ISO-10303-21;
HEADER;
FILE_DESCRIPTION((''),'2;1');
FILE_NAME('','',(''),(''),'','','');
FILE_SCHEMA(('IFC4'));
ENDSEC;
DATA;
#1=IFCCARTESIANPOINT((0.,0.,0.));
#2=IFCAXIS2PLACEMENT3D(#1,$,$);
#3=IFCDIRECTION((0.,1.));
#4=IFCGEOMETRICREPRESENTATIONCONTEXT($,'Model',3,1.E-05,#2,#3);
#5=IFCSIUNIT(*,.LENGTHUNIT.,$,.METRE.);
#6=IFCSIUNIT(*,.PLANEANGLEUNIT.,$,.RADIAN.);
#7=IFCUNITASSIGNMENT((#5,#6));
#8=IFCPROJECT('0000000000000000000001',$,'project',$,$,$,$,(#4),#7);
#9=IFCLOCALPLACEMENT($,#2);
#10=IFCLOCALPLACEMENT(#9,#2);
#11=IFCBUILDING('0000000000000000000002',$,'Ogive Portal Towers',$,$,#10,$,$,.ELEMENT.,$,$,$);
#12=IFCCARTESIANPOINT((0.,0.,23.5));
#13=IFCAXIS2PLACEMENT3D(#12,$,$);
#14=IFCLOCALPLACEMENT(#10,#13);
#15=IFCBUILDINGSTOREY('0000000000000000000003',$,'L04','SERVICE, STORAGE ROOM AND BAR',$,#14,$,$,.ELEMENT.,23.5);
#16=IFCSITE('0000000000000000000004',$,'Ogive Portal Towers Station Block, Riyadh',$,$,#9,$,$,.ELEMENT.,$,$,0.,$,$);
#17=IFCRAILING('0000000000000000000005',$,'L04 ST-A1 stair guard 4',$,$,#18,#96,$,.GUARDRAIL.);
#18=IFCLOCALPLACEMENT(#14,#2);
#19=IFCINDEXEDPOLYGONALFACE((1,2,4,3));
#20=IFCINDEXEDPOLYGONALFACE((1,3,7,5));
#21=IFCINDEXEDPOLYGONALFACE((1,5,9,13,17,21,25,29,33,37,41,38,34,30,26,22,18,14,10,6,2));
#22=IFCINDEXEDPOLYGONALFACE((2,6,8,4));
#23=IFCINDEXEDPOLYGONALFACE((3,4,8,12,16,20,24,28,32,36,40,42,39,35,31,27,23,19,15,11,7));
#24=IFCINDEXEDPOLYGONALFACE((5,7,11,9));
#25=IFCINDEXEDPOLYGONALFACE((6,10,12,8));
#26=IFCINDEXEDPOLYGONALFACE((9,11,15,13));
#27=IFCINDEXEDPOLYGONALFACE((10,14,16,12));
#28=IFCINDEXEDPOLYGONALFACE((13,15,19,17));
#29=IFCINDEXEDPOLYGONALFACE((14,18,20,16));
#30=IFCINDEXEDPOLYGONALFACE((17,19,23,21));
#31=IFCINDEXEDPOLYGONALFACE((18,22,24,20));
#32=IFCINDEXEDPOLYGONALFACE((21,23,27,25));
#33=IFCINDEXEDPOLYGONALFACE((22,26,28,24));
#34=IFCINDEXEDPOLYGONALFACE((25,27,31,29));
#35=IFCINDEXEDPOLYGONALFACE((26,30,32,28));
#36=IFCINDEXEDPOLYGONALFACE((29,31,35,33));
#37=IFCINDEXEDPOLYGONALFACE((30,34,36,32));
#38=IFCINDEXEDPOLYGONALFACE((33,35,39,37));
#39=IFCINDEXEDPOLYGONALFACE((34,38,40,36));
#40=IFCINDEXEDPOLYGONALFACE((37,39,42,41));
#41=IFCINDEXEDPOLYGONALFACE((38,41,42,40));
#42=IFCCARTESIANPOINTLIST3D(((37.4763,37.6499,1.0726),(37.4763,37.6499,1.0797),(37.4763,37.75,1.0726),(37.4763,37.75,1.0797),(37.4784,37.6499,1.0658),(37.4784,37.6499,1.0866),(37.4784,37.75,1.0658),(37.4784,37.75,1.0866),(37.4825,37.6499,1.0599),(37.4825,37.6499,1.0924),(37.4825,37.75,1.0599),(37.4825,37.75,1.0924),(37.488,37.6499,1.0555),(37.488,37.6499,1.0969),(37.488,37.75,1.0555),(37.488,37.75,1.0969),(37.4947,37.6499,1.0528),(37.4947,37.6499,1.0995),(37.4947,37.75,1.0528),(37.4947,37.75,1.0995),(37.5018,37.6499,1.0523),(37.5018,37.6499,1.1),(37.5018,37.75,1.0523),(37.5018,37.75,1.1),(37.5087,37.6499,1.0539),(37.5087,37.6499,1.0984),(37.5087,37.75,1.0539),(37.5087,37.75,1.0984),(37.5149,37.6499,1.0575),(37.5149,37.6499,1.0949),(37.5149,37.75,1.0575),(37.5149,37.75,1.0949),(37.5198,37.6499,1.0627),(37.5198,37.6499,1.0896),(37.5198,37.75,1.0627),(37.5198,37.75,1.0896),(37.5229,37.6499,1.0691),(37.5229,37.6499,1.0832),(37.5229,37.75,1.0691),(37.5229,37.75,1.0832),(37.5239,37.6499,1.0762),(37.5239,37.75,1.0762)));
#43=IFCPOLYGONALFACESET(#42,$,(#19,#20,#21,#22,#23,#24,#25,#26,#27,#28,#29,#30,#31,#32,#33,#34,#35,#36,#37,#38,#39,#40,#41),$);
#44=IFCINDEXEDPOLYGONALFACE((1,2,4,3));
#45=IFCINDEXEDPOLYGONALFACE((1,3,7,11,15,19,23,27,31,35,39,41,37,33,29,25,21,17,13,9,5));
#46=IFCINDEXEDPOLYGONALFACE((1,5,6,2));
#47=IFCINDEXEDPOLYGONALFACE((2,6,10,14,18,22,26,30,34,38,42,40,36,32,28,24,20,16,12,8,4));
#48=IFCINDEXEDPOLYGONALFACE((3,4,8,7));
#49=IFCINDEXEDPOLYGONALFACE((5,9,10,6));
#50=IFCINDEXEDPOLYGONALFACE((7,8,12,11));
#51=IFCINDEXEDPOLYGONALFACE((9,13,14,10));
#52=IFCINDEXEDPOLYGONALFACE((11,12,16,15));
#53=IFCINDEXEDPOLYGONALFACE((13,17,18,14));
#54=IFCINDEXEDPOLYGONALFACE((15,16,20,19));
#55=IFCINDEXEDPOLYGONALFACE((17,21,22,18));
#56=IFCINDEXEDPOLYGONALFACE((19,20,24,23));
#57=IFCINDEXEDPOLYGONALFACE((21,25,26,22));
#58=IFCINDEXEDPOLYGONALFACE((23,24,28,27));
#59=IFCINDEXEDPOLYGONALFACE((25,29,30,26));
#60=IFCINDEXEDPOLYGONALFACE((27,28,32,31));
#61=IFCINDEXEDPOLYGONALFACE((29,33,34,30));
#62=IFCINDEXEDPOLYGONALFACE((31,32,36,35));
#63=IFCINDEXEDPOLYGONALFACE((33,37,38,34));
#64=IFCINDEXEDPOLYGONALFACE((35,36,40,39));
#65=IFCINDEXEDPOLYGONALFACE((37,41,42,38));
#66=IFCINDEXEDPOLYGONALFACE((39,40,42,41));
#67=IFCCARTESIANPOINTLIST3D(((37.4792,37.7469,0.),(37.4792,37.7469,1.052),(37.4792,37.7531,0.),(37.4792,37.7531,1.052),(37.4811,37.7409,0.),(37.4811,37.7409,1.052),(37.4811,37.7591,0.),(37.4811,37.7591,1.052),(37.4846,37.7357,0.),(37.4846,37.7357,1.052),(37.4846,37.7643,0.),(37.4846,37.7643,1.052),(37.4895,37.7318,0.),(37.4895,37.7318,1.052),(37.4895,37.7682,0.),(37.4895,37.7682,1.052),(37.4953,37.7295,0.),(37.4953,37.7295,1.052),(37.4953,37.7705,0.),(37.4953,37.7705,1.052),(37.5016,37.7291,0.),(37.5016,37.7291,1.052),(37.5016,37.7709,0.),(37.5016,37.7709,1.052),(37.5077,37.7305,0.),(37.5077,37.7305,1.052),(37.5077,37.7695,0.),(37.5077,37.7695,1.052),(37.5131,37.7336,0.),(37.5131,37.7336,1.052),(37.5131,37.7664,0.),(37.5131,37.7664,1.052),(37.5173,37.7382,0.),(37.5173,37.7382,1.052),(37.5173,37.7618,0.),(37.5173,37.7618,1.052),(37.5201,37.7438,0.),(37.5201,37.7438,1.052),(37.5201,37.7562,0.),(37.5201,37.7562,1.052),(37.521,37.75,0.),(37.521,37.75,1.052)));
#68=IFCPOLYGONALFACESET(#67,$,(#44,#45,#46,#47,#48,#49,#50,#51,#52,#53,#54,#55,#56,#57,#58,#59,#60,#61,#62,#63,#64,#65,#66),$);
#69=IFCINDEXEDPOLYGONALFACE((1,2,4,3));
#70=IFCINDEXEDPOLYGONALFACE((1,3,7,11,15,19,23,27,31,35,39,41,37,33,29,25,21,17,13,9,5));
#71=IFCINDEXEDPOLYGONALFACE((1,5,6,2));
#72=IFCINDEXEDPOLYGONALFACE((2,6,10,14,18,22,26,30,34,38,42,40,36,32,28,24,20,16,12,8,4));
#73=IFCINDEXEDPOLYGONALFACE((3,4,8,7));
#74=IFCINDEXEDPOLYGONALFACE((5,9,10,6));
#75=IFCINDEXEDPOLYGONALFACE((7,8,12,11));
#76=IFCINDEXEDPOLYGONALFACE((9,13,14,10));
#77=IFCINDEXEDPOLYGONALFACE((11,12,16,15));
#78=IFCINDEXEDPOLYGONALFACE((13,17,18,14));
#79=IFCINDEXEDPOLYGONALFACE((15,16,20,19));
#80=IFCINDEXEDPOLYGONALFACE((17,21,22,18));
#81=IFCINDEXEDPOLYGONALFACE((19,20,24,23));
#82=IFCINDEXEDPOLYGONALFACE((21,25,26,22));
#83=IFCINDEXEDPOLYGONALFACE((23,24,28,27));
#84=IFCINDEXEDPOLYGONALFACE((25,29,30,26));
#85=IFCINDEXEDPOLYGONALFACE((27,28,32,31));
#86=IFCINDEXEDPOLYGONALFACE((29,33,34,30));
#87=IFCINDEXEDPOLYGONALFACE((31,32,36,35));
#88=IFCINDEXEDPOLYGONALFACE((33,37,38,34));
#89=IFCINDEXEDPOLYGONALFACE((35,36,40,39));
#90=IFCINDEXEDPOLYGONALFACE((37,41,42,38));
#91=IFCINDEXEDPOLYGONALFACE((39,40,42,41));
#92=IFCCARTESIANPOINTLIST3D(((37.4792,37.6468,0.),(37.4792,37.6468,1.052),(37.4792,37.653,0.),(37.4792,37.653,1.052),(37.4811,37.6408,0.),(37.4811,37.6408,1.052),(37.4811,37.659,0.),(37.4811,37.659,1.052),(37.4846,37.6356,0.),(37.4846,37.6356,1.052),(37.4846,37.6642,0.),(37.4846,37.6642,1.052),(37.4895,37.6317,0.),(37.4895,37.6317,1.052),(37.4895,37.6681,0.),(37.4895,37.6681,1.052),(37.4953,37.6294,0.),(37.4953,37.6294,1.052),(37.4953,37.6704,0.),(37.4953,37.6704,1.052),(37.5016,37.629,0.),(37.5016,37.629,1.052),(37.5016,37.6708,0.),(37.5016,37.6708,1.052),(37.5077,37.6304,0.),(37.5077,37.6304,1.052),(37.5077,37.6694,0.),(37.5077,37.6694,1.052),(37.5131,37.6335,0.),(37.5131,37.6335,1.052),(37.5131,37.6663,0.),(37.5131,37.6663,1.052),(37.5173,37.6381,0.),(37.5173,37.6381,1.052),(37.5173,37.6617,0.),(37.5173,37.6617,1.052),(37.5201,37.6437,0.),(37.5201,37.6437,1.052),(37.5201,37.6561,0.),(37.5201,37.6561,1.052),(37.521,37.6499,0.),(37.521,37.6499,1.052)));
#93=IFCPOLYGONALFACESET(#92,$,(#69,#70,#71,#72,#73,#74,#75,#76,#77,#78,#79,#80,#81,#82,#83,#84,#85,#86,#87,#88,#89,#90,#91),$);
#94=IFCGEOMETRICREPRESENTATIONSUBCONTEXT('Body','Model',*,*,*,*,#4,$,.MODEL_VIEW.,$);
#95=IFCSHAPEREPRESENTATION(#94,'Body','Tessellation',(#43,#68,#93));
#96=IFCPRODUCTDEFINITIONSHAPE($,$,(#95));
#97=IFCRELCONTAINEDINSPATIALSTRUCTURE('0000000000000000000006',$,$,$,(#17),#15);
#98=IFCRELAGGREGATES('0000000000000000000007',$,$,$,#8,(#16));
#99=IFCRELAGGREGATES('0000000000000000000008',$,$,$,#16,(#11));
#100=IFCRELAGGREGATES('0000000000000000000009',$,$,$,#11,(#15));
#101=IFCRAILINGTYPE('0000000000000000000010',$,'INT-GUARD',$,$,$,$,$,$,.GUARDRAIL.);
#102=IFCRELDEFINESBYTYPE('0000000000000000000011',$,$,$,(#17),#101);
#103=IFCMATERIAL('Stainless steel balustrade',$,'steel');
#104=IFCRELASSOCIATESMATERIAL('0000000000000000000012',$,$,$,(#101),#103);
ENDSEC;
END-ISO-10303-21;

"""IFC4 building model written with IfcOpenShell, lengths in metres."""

from ifc_helpers import new_model, si_unit, direction, frame, origin, origin_2d, place, context, subcontext, project, spatial, circle, extrude, material, type_object, element, save


model = new_model("IFC4")

# Units and contexts
model_context = context("Model", 3, precision=1e-05, world=origin(), true_north=direction((0.0, 1.0)))
body_context = subcontext(model_context, "Body", "Model", "MODEL_VIEW")
ifc_project = project(units=[si_unit("LENGTHUNIT", "METRE"), si_unit("PLANEANGLEUNIT", "RADIAN")], contexts=[model_context])

# Site, building, storey
site_placement = place(None, origin())
site = spatial("IfcSite", under=ifc_project, at=site_placement, Name="Ogive Portal Towers Station Block, Riyadh", CompositionType="ELEMENT", RefElevation=0.0)
building_placement = place(site_placement, origin())
building = spatial("IfcBuilding", under=site, at=building_placement, Name="Ogive Portal Towers", CompositionType="ELEMENT")
storey_placement = place(building_placement, frame((0.0, 0.0, 23.5)))
storey = spatial("IfcBuildingStorey", under=building, at=storey_placement, Name="L04", Description="SERVICE, STORAGE ROOM AND BAR", CompositionType="ELEMENT", Elevation=23.5)

# Railing
ifc_material_1 = material(Name="Stainless steel balustrade", Category="steel")
railing_type_1 = type_object("IfcRailingType", Name="INT-GUARD", PredefinedType="GUARDRAIL", material=ifc_material_1)
railing_1_placement = place(storey_placement, frame((37.5, 37.75, 0.0)))
element("IfcRailing", 1, at=railing_1_placement, inside=storey, type_object=railing_type_1, Name="L04 ST-A1 stair guard 4", PredefinedType="GUARDRAIL", context=body_context, shape_type="SweptSolid", body=[
    extrude(circle(Radius=0.0239, at=origin_2d()), frame((0.0, 0.0, 1.0762), z_axis=(0.0, -1.0, 0.0), x_axis=(1.0, 0.0, 0.0)), (0.0, 0.0, 1.0), 0.1001),
    extrude(circle(Radius=0.021, at=origin_2d()), origin(), (0.0, 0.0, 1.0), 1.052),
    extrude(circle(Radius=0.021, at=origin_2d()), frame((0.0, -0.1001, 0.0)), (0.0, 0.0, 1.0), 1.052),
])

save(model, "model.ifc")
